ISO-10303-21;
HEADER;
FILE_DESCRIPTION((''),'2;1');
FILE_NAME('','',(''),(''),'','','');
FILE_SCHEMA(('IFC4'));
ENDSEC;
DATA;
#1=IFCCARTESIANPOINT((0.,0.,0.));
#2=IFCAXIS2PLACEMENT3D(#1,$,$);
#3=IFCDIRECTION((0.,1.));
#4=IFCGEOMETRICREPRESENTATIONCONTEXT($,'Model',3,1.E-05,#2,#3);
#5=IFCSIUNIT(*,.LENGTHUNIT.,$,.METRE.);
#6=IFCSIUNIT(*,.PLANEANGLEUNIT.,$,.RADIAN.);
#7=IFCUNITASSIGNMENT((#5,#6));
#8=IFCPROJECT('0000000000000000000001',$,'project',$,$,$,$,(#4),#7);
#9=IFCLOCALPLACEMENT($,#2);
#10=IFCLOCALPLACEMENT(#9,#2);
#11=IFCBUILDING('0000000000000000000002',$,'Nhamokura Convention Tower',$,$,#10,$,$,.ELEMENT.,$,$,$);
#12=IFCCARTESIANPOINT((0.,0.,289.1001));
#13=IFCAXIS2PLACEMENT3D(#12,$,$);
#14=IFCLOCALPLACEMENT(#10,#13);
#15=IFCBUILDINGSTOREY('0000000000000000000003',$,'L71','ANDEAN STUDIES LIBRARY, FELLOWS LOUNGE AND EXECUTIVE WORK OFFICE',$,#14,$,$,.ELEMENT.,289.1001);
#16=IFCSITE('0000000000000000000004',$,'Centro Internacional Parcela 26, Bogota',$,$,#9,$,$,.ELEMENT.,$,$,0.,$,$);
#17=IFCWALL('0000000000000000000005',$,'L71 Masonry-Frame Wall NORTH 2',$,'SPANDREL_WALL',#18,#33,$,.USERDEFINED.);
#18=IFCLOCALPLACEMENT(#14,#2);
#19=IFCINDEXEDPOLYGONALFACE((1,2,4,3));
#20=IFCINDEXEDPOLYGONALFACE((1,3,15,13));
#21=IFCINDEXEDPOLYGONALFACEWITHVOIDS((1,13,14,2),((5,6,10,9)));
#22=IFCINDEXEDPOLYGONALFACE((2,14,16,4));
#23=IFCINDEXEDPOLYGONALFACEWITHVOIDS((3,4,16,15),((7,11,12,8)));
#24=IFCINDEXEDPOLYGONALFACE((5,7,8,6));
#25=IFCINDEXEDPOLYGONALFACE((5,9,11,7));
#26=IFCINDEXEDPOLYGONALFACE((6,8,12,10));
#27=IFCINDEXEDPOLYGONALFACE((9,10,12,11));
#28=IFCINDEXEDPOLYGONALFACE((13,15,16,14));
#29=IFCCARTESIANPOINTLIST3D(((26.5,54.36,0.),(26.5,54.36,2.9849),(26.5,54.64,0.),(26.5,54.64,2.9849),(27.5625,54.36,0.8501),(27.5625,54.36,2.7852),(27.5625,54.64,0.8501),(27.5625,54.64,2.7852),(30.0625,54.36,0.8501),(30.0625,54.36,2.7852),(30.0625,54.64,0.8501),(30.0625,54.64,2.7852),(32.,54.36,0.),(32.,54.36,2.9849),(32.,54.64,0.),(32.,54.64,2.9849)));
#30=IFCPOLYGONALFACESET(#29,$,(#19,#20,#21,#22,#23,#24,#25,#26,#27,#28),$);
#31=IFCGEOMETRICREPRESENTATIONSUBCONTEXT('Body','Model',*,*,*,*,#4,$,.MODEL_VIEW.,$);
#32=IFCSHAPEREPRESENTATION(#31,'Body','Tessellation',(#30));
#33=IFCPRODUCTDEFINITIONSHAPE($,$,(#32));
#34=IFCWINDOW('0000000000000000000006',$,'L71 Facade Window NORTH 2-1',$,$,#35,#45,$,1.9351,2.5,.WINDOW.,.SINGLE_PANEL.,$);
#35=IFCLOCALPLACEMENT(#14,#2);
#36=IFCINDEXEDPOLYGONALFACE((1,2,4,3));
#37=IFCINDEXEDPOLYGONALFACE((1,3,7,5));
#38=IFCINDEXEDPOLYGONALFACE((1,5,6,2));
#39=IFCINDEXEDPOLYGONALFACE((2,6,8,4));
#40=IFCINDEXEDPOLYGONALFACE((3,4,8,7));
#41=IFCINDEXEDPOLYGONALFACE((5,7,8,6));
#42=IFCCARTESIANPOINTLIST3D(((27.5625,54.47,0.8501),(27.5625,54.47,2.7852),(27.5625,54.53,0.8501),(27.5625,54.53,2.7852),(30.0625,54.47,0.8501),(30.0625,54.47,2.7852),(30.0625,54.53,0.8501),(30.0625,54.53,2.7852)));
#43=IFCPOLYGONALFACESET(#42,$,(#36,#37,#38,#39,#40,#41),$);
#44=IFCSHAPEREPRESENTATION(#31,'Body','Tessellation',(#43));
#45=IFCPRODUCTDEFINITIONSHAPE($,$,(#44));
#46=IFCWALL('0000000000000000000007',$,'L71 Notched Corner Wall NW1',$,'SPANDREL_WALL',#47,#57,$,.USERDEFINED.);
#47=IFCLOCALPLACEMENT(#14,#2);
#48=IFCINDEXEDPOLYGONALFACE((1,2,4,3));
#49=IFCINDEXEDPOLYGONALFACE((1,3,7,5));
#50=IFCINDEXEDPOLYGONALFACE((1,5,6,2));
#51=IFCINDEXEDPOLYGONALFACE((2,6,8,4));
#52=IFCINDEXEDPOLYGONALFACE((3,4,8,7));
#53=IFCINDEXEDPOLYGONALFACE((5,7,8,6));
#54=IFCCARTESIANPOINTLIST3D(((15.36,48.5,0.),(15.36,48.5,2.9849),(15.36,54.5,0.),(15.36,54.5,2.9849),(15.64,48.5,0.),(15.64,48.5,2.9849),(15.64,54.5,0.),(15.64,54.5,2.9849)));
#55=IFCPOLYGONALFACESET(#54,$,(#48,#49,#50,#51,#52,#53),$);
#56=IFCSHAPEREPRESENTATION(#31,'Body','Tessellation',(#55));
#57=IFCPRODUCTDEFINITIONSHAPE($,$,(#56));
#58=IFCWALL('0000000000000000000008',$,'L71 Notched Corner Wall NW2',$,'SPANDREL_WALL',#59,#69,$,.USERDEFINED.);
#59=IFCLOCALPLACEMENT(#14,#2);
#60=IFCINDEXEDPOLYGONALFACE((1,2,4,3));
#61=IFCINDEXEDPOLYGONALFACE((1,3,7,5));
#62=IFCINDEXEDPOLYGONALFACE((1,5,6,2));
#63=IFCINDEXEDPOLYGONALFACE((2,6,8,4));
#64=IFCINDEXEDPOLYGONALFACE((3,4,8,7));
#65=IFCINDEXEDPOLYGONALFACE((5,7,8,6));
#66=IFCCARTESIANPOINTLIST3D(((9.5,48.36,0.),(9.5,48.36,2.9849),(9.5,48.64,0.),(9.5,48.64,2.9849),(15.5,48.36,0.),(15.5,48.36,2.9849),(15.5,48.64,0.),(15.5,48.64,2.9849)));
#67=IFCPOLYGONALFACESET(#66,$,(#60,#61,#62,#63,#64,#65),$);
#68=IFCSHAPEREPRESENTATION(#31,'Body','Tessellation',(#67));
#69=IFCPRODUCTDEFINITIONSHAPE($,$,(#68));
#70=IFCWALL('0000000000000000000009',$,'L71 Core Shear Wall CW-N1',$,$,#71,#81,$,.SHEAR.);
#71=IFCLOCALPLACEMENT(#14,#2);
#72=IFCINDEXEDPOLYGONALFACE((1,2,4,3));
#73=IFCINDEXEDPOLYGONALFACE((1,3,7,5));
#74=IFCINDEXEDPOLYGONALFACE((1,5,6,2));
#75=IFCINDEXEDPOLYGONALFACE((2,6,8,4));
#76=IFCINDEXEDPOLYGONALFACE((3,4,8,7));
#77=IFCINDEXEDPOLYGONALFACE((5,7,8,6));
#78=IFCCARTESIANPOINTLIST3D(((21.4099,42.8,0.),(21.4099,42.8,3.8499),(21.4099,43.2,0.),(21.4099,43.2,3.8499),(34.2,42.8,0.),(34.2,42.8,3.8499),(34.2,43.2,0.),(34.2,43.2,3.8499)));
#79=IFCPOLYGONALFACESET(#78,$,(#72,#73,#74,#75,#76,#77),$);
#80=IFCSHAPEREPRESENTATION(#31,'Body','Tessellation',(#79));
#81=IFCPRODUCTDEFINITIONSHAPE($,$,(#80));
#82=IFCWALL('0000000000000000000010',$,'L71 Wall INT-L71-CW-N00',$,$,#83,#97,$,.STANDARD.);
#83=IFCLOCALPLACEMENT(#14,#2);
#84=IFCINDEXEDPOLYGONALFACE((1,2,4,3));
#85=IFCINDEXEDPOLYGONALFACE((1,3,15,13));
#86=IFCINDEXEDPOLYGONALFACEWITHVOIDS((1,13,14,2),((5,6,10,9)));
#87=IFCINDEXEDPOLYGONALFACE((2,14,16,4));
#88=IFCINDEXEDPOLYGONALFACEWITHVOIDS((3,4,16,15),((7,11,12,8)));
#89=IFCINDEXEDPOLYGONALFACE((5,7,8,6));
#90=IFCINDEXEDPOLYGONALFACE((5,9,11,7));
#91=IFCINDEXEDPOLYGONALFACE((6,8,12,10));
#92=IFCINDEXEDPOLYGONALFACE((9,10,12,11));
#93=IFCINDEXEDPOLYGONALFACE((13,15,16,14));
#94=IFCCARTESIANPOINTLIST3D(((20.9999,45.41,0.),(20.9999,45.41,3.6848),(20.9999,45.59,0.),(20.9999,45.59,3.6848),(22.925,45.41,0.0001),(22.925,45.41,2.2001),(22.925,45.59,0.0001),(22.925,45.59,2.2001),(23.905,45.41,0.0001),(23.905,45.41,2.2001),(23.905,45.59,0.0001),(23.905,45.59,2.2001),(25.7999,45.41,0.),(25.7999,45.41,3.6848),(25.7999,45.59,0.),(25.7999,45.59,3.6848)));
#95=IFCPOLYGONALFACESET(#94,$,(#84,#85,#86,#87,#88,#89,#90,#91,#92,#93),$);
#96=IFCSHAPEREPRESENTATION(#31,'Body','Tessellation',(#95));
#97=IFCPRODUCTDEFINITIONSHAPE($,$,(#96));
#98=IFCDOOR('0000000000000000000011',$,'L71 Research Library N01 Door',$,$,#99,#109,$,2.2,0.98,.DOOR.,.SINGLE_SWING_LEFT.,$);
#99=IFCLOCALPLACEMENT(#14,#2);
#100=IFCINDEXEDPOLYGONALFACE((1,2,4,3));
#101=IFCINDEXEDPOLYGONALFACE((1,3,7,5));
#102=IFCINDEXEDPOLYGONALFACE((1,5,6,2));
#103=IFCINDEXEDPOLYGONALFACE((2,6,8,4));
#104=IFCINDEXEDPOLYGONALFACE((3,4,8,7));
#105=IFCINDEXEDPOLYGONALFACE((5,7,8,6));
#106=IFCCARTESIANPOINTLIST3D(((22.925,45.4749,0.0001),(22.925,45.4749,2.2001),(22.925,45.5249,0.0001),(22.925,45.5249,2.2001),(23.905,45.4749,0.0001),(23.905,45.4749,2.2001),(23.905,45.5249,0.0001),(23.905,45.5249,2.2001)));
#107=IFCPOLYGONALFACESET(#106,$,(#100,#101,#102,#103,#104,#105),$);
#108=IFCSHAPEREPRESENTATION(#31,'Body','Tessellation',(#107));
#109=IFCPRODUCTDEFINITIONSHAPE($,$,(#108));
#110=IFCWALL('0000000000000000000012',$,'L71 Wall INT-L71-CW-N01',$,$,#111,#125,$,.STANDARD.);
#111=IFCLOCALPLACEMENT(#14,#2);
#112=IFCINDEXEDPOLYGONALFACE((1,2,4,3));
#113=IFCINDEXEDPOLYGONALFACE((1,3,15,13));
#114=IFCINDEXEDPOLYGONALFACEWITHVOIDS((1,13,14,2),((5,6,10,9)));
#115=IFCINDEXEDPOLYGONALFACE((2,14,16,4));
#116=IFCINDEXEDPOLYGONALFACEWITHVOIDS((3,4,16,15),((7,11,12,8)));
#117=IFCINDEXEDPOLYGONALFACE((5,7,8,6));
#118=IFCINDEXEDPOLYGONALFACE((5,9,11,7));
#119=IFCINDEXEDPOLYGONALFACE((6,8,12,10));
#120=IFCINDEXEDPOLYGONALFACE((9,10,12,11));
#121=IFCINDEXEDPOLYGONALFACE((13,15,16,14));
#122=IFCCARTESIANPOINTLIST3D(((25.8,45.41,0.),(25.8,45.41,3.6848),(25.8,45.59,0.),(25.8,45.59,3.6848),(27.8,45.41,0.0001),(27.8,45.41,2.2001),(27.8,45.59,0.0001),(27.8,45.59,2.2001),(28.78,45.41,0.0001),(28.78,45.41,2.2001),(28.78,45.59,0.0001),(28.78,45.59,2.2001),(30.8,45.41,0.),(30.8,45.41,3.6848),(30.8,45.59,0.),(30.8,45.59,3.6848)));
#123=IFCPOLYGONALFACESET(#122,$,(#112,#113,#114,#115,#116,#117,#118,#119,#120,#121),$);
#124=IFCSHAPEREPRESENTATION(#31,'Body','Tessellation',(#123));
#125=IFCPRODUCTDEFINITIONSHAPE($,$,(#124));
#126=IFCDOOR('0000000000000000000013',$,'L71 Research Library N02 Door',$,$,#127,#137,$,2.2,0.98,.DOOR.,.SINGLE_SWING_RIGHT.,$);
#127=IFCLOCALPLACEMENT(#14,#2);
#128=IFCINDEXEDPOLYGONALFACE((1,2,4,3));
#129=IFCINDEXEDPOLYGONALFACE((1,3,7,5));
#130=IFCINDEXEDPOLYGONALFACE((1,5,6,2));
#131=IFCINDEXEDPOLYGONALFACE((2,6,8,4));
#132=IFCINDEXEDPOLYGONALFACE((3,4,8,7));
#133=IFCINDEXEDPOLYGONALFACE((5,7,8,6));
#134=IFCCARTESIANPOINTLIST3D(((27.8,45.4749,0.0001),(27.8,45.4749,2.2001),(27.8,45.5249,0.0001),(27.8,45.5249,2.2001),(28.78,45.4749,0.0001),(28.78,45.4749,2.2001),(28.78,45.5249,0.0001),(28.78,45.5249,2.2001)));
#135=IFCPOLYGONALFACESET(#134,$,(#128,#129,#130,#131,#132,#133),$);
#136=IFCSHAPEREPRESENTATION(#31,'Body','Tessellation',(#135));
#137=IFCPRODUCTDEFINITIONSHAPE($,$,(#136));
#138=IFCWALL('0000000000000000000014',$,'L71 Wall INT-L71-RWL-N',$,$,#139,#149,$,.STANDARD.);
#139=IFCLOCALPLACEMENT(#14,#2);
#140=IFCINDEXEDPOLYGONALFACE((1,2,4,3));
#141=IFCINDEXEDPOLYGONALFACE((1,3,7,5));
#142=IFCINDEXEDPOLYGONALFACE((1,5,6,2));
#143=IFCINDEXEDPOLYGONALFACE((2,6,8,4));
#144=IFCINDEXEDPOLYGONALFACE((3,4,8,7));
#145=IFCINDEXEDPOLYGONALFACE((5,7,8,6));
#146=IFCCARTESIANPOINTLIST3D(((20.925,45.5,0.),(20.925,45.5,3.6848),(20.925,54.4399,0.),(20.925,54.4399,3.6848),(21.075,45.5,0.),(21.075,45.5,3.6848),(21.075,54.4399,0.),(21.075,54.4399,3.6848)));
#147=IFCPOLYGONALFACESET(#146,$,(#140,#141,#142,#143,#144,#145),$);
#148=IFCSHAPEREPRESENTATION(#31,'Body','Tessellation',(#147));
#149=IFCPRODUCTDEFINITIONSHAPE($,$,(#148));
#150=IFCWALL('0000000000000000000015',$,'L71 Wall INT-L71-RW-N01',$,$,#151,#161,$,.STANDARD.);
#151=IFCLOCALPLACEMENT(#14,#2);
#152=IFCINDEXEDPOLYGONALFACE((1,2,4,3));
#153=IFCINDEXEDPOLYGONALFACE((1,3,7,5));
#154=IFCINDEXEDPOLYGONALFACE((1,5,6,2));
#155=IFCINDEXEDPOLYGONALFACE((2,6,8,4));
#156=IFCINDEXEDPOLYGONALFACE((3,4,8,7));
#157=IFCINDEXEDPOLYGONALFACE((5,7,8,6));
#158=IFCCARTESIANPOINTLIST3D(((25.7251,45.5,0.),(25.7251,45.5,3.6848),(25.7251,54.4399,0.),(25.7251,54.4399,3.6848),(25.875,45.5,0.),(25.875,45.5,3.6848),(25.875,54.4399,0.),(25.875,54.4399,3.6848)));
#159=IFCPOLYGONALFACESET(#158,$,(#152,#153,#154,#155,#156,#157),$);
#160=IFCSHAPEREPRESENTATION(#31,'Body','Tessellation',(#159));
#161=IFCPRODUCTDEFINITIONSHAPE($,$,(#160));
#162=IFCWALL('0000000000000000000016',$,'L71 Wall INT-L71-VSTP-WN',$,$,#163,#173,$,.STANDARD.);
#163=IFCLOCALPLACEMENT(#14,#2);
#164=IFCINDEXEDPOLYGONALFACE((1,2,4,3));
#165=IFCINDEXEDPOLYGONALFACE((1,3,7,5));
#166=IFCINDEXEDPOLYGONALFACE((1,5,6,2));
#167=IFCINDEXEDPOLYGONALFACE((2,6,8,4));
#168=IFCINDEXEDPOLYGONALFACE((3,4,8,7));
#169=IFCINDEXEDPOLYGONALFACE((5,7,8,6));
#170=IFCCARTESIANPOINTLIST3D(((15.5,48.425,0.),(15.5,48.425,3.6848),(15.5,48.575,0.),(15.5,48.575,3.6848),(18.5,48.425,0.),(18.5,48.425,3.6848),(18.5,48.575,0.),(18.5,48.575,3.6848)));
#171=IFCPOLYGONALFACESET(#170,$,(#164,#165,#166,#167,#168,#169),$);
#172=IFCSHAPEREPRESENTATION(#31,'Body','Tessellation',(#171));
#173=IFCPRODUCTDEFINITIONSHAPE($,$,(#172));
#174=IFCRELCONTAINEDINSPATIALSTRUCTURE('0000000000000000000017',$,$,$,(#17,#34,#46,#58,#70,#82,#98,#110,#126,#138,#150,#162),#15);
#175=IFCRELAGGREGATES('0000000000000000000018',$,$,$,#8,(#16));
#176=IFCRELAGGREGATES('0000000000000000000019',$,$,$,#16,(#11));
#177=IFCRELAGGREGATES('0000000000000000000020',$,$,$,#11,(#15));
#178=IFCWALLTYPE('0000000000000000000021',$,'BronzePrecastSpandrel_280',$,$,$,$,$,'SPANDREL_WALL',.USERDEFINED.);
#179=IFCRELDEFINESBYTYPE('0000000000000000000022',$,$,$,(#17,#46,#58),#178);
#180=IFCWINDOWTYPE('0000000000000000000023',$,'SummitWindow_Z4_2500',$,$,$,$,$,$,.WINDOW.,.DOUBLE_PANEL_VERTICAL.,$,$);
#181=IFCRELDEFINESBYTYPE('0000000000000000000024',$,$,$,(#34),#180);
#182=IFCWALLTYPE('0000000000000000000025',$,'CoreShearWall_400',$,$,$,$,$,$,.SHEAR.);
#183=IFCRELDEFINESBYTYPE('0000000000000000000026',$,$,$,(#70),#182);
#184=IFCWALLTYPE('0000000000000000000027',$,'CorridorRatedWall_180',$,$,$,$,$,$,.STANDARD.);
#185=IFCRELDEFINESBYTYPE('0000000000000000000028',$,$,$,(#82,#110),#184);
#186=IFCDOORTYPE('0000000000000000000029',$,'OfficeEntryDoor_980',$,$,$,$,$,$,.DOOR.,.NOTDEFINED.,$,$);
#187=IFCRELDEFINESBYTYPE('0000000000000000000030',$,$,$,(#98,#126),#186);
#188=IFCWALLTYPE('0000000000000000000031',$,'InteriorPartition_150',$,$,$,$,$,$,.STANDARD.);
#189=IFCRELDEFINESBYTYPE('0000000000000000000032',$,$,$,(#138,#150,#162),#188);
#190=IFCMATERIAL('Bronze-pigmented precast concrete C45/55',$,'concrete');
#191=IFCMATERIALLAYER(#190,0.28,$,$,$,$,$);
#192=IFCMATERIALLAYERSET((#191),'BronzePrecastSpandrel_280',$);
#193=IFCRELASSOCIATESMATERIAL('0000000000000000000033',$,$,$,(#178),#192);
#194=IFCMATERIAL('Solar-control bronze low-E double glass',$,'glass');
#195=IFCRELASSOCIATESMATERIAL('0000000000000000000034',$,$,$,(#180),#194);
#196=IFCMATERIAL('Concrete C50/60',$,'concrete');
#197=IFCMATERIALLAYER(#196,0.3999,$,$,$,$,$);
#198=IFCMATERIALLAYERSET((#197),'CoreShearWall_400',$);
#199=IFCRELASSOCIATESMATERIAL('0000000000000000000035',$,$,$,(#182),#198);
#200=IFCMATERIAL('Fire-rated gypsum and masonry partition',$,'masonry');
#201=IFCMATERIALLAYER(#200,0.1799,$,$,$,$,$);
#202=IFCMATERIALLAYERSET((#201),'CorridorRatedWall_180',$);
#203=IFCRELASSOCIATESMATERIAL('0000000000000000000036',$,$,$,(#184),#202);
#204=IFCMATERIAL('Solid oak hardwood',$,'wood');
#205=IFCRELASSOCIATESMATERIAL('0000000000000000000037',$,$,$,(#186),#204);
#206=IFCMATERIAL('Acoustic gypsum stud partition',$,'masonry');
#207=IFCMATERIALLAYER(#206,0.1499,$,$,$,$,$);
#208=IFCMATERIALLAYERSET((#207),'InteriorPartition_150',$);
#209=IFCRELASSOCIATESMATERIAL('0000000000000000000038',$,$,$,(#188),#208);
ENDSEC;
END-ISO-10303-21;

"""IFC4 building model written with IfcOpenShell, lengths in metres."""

from ifc_helpers import new_model, si_unit, direction, frame, frame_2d, origin, place, context, subcontext, project, spatial, rectangle, extrude, material, layer, layer_set, type_object, element, fill, save


model = new_model("IFC4")

# Units and contexts
model_context = context("Model", 3, precision=1e-05, world=origin(), true_north=direction((0.0, 1.0)))
body_context = subcontext(model_context, "Body", "Model", "MODEL_VIEW")
ifc_project = project(units=[si_unit("LENGTHUNIT", "METRE"), si_unit("PLANEANGLEUNIT", "RADIAN")], contexts=[model_context])

# Site, building, storey
site_placement = place(None, origin())
site = spatial("IfcSite", under=ifc_project, at=site_placement, Name="Centro Internacional Parcela 26, Bogota", CompositionType="ELEMENT", RefElevation=0.0)
building_placement = place(site_placement, origin())
building = spatial("IfcBuilding", under=site, at=building_placement, Name="Nhamokura Convention Tower", CompositionType="ELEMENT")
storey_placement = place(building_placement, frame((0.0, 0.0, 289.1001)))
storey = spatial("IfcBuildingStorey", under=building, at=storey_placement, Name="L71", Description="ANDEAN STUDIES LIBRARY, FELLOWS LOUNGE AND EXECUTIVE WORK OFFICE", CompositionType="ELEMENT", Elevation=289.1001)

# Shared definitions
ifc_material_1 = material(Name="Bronze-pigmented precast concrete C45/55", Category="concrete")
ifc_layer_1 = layer(ifc_material_1, 0.28)
ifc_layer_set_1 = layer_set([ifc_layer_1], Name="BronzePrecastSpandrel_280")
wall_type_1 = type_object("IfcWallType", Name="BronzePrecastSpandrel_280", ElementType="SPANDREL_WALL", PredefinedType="USERDEFINED", material=ifc_layer_set_1)

# Wall, opening, window
wall_1_placement = place(storey_placement, frame((26.5, 54.5, 0.0), z_axis=(0.0, 0.0, 1.0), x_axis=(1.0, 0.0, 0.0)))
wall_1 = element("IfcWall", 1, at=wall_1_placement, inside=storey, type_object=wall_type_1, Name="L71 Masonry-Frame Wall NORTH 2", ObjectType="SPANDREL_WALL", PredefinedType="USERDEFINED", context=body_context, shape_type="SweptSolid", body=[
    extrude(rectangle(XDim=5.5, YDim=0.28, at=frame_2d((2.75, 0.0))), origin(), (0.0, 0.0, 1.0), 2.9849),
])
opening_1_placement = place(wall_1_placement, frame((1.0625, 0.0, 0.8501)))
opening_1 = element("IfcOpeningElement", 2, at=opening_1_placement, cuts=wall_1, PredefinedType="OPENING", context=body_context, shape_type="SweptSolid", body=[
    extrude(rectangle(XDim=2.5, YDim=1.9351, at=frame_2d((1.25, 0.9675))), frame((0.0, 0.1499, 0.0), z_axis=(0.0, -1.0, 0.0), x_axis=(1.0, 0.0, 0.0)), (0.0, 0.0, 1.0), 0.3),
])
ifc_material_2 = material(Name="Solar-control bronze low-E double glass", Category="glass")
window_type_1 = type_object("IfcWindowType", Name="SummitWindow_Z4_2500", PartitioningType="DOUBLE_PANEL_VERTICAL", PredefinedType="WINDOW", material=ifc_material_2)
window_1_placement = place(opening_1_placement, origin())
window_1 = element("IfcWindow", 3, at=window_1_placement, inside=storey, type_object=window_type_1, Name="L71 Facade Window NORTH 2-1", OverallHeight=1.9351, OverallWidth=2.5, PartitioningType="SINGLE_PANEL", PredefinedType="WINDOW", context=body_context, shape_type="SweptSolid", body=[
    extrude(rectangle(XDim=2.5, YDim=1.9351, at=frame_2d((1.25, 0.9675))), frame((0.0, 0.03, 0.0), z_axis=(0.0, -1.0, 0.0), x_axis=(1.0, 0.0, 0.0)), (0.0, 0.0, 1.0), 0.0601),
])
fill(opening_1, window_1)

# Walls
for number, where, z_axis, x_axis, name in (
    (4, (15.5, 48.5, 0.0), (0.0, 0.0, 1.0), (0.0, 1.0, 0.0), "L71 Notched Corner Wall NW1"),
    (5, (9.5, 48.5, 0.0), (0.0, 0.0, 1.0), (1.0, 0.0, 0.0), "L71 Notched Corner Wall NW2"),
):
    element("IfcWall", number, at=place(storey_placement, frame(where, z_axis=z_axis, x_axis=x_axis)), inside=storey, type_object=wall_type_1, Name=name, ObjectType="SPANDREL_WALL", PredefinedType="USERDEFINED", context=body_context, shape_type="SweptSolid", body=[
        extrude(rectangle(XDim=6.0, YDim=0.28, at=frame_2d((3.0, 0.0))), origin(), (0.0, 0.0, 1.0), 2.9849),
    ])
ifc_material_3 = material(Name="Concrete C50/60", Category="concrete")
ifc_layer_2 = layer(ifc_material_3, 0.3999)
ifc_layer_set_2 = layer_set([ifc_layer_2], Name="CoreShearWall_400")
wall_type_2 = type_object("IfcWallType", Name="CoreShearWall_400", PredefinedType="SHEAR", material=ifc_layer_set_2)
wall_2_placement = place(storey_placement, frame((21.4099, 43.0, 0.0), z_axis=(0.0, 0.0, 1.0), x_axis=(1.0, 0.0, 0.0)))
element("IfcWall", 6, at=wall_2_placement, inside=storey, type_object=wall_type_2, Name="L71 Core Shear Wall CW-N1", PredefinedType="SHEAR", context=body_context, shape_type="SweptSolid", body=[
    extrude(rectangle(XDim=12.79, YDim=0.3999, at=frame_2d((6.395, 0.0))), origin(), (0.0, 0.0, 1.0), 3.8499),
])

# Walls, openings, doors
ifc_material_4 = material(Name="Fire-rated gypsum and masonry partition", Category="masonry")
ifc_layer_3 = layer(ifc_material_4, 0.1799)
ifc_layer_set_3 = layer_set([ifc_layer_3], Name="CorridorRatedWall_180")
wall_type_3 = type_object("IfcWallType", Name="CorridorRatedWall_180", PredefinedType="STANDARD", material=ifc_layer_set_3)
wall_3_placement = place(storey_placement, frame((21.0, 45.5, 0.0), z_axis=(0.0, 0.0, 1.0), x_axis=(1.0, 0.0, 0.0)))
wall_3 = element("IfcWall", 7, at=wall_3_placement, inside=storey, type_object=wall_type_3, Name="L71 Wall INT-L71-CW-N00", PredefinedType="STANDARD", context=body_context, shape_type="SweptSolid", body=[
    extrude(rectangle(XDim=4.8, YDim=0.1799, at=frame_2d((2.3999, 0.0))), origin(), (0.0, 0.0, 1.0), 3.6848),
])
opening_2_placement = place(wall_3_placement, frame((1.925, 0.0, 0.0)))
opening_2 = element("IfcOpeningElement", 8, at=opening_2_placement, cuts=wall_3, PredefinedType="OPENING", context=body_context, shape_type="SweptSolid", body=[
    extrude(rectangle(XDim=0.98, YDim=2.2, at=frame_2d((0.49, 1.1001))), frame((0.0, 0.0999, 0.0), z_axis=(0.0, -1.0, 0.0), x_axis=(1.0, 0.0, 0.0)), (0.0, 0.0, 1.0), 0.2),
])
ifc_material_5 = material(Name="Solid oak hardwood", Category="wood")
door_type = type_object("IfcDoorType", Name="OfficeEntryDoor_980", OperationType="NOTDEFINED", PredefinedType="DOOR", material=ifc_material_5)
door_1_placement = place(opening_2_placement, origin())
door_1 = element("IfcDoor", 9, at=door_1_placement, inside=storey, type_object=door_type, Name="L71 Research Library N01 Door", OperationType="SINGLE_SWING_LEFT", OverallHeight=2.2, OverallWidth=0.98, PredefinedType="DOOR", context=body_context, shape_type="SweptSolid", body=[
    extrude(rectangle(XDim=0.98, YDim=2.2, at=frame_2d((0.49, 1.1001))), frame((0.0, 0.0249, 0.0), z_axis=(0.0, -1.0, 0.0), x_axis=(1.0, 0.0, 0.0)), (0.0, 0.0, 1.0), 0.05),
])
fill(opening_2, door_1)
wall_4_placement = place(storey_placement, frame((25.8, 45.5, 0.0), z_axis=(0.0, 0.0, 1.0), x_axis=(1.0, 0.0, 0.0)))
wall_4 = element("IfcWall", 10, at=wall_4_placement, inside=storey, type_object=wall_type_3, Name="L71 Wall INT-L71-CW-N01", PredefinedType="STANDARD", context=body_context, shape_type="SweptSolid", body=[
    extrude(rectangle(XDim=5.0, YDim=0.1799, at=frame_2d((2.5, 0.0))), origin(), (0.0, 0.0, 1.0), 3.6848),
])
opening_3_placement = place(wall_4_placement, frame((2.0, 0.0, 0.0)))
opening_3 = element("IfcOpeningElement", 11, at=opening_3_placement, cuts=wall_4, PredefinedType="OPENING", context=body_context, shape_type="SweptSolid", body=[
    extrude(rectangle(XDim=0.98, YDim=2.2, at=frame_2d((0.49, 1.1001))), frame((0.0, 0.0999, 0.0), z_axis=(0.0, -1.0, 0.0), x_axis=(1.0, 0.0, 0.0)), (0.0, 0.0, 1.0), 0.2),
])
door_2_placement = place(opening_3_placement, origin())
door_2 = element("IfcDoor", 12, at=door_2_placement, inside=storey, type_object=door_type, Name="L71 Research Library N02 Door", OperationType="SINGLE_SWING_RIGHT", OverallHeight=2.2, OverallWidth=0.98, PredefinedType="DOOR", context=body_context, shape_type="SweptSolid", body=[
    extrude(rectangle(XDim=0.98, YDim=2.2, at=frame_2d((0.49, 1.1001))), frame((0.0, 0.0249, 0.0), z_axis=(0.0, -1.0, 0.0), x_axis=(1.0, 0.0, 0.0)), (0.0, 0.0, 1.0), 0.05),
])
fill(opening_3, door_2)

# Walls
ifc_material_6 = material(Name="Acoustic gypsum stud partition", Category="masonry")
ifc_layer_4 = layer(ifc_material_6, 0.1499)
ifc_layer_set_4 = layer_set([ifc_layer_4], Name="InteriorPartition_150")
wall_type_4 = type_object("IfcWallType", Name="InteriorPartition_150", PredefinedType="STANDARD", material=ifc_layer_set_4)
for number, where, z_axis, x_axis, name in (
    (13, (21.0, 45.5, 0.0), (0.0, 0.0, 1.0), (0.0, 1.0, 0.0), "L71 Wall INT-L71-RWL-N"),
    (14, (25.8, 45.5, 0.0), (0.0, 0.0, 1.0), (0.0, 1.0, 0.0), "L71 Wall INT-L71-RW-N01"),
):
    element("IfcWall", number, at=place(storey_placement, frame(where, z_axis=z_axis, x_axis=x_axis)), inside=storey, type_object=wall_type_4, Name=name, PredefinedType="STANDARD", context=body_context, shape_type="SweptSolid", body=[
        extrude(rectangle(XDim=8.9399, YDim=0.1499, at=frame_2d((4.47, 0.0))), origin(), (0.0, 0.0, 1.0), 3.6848),
    ])
wall_5_placement = place(storey_placement, frame((15.5, 48.5, 0.0), z_axis=(0.0, 0.0, 1.0), x_axis=(1.0, 0.0, 0.0)))
element("IfcWall", 15, at=wall_5_placement, inside=storey, type_object=wall_type_4, Name="L71 Wall INT-L71-VSTP-WN", PredefinedType="STANDARD", context=body_context, shape_type="SweptSolid", body=[
    extrude(rectangle(XDim=3.0, YDim=0.1499, at=frame_2d((1.5, 0.0))), origin(), (0.0, 0.0, 1.0), 3.6848),
])

save(model, "model.ifc")
